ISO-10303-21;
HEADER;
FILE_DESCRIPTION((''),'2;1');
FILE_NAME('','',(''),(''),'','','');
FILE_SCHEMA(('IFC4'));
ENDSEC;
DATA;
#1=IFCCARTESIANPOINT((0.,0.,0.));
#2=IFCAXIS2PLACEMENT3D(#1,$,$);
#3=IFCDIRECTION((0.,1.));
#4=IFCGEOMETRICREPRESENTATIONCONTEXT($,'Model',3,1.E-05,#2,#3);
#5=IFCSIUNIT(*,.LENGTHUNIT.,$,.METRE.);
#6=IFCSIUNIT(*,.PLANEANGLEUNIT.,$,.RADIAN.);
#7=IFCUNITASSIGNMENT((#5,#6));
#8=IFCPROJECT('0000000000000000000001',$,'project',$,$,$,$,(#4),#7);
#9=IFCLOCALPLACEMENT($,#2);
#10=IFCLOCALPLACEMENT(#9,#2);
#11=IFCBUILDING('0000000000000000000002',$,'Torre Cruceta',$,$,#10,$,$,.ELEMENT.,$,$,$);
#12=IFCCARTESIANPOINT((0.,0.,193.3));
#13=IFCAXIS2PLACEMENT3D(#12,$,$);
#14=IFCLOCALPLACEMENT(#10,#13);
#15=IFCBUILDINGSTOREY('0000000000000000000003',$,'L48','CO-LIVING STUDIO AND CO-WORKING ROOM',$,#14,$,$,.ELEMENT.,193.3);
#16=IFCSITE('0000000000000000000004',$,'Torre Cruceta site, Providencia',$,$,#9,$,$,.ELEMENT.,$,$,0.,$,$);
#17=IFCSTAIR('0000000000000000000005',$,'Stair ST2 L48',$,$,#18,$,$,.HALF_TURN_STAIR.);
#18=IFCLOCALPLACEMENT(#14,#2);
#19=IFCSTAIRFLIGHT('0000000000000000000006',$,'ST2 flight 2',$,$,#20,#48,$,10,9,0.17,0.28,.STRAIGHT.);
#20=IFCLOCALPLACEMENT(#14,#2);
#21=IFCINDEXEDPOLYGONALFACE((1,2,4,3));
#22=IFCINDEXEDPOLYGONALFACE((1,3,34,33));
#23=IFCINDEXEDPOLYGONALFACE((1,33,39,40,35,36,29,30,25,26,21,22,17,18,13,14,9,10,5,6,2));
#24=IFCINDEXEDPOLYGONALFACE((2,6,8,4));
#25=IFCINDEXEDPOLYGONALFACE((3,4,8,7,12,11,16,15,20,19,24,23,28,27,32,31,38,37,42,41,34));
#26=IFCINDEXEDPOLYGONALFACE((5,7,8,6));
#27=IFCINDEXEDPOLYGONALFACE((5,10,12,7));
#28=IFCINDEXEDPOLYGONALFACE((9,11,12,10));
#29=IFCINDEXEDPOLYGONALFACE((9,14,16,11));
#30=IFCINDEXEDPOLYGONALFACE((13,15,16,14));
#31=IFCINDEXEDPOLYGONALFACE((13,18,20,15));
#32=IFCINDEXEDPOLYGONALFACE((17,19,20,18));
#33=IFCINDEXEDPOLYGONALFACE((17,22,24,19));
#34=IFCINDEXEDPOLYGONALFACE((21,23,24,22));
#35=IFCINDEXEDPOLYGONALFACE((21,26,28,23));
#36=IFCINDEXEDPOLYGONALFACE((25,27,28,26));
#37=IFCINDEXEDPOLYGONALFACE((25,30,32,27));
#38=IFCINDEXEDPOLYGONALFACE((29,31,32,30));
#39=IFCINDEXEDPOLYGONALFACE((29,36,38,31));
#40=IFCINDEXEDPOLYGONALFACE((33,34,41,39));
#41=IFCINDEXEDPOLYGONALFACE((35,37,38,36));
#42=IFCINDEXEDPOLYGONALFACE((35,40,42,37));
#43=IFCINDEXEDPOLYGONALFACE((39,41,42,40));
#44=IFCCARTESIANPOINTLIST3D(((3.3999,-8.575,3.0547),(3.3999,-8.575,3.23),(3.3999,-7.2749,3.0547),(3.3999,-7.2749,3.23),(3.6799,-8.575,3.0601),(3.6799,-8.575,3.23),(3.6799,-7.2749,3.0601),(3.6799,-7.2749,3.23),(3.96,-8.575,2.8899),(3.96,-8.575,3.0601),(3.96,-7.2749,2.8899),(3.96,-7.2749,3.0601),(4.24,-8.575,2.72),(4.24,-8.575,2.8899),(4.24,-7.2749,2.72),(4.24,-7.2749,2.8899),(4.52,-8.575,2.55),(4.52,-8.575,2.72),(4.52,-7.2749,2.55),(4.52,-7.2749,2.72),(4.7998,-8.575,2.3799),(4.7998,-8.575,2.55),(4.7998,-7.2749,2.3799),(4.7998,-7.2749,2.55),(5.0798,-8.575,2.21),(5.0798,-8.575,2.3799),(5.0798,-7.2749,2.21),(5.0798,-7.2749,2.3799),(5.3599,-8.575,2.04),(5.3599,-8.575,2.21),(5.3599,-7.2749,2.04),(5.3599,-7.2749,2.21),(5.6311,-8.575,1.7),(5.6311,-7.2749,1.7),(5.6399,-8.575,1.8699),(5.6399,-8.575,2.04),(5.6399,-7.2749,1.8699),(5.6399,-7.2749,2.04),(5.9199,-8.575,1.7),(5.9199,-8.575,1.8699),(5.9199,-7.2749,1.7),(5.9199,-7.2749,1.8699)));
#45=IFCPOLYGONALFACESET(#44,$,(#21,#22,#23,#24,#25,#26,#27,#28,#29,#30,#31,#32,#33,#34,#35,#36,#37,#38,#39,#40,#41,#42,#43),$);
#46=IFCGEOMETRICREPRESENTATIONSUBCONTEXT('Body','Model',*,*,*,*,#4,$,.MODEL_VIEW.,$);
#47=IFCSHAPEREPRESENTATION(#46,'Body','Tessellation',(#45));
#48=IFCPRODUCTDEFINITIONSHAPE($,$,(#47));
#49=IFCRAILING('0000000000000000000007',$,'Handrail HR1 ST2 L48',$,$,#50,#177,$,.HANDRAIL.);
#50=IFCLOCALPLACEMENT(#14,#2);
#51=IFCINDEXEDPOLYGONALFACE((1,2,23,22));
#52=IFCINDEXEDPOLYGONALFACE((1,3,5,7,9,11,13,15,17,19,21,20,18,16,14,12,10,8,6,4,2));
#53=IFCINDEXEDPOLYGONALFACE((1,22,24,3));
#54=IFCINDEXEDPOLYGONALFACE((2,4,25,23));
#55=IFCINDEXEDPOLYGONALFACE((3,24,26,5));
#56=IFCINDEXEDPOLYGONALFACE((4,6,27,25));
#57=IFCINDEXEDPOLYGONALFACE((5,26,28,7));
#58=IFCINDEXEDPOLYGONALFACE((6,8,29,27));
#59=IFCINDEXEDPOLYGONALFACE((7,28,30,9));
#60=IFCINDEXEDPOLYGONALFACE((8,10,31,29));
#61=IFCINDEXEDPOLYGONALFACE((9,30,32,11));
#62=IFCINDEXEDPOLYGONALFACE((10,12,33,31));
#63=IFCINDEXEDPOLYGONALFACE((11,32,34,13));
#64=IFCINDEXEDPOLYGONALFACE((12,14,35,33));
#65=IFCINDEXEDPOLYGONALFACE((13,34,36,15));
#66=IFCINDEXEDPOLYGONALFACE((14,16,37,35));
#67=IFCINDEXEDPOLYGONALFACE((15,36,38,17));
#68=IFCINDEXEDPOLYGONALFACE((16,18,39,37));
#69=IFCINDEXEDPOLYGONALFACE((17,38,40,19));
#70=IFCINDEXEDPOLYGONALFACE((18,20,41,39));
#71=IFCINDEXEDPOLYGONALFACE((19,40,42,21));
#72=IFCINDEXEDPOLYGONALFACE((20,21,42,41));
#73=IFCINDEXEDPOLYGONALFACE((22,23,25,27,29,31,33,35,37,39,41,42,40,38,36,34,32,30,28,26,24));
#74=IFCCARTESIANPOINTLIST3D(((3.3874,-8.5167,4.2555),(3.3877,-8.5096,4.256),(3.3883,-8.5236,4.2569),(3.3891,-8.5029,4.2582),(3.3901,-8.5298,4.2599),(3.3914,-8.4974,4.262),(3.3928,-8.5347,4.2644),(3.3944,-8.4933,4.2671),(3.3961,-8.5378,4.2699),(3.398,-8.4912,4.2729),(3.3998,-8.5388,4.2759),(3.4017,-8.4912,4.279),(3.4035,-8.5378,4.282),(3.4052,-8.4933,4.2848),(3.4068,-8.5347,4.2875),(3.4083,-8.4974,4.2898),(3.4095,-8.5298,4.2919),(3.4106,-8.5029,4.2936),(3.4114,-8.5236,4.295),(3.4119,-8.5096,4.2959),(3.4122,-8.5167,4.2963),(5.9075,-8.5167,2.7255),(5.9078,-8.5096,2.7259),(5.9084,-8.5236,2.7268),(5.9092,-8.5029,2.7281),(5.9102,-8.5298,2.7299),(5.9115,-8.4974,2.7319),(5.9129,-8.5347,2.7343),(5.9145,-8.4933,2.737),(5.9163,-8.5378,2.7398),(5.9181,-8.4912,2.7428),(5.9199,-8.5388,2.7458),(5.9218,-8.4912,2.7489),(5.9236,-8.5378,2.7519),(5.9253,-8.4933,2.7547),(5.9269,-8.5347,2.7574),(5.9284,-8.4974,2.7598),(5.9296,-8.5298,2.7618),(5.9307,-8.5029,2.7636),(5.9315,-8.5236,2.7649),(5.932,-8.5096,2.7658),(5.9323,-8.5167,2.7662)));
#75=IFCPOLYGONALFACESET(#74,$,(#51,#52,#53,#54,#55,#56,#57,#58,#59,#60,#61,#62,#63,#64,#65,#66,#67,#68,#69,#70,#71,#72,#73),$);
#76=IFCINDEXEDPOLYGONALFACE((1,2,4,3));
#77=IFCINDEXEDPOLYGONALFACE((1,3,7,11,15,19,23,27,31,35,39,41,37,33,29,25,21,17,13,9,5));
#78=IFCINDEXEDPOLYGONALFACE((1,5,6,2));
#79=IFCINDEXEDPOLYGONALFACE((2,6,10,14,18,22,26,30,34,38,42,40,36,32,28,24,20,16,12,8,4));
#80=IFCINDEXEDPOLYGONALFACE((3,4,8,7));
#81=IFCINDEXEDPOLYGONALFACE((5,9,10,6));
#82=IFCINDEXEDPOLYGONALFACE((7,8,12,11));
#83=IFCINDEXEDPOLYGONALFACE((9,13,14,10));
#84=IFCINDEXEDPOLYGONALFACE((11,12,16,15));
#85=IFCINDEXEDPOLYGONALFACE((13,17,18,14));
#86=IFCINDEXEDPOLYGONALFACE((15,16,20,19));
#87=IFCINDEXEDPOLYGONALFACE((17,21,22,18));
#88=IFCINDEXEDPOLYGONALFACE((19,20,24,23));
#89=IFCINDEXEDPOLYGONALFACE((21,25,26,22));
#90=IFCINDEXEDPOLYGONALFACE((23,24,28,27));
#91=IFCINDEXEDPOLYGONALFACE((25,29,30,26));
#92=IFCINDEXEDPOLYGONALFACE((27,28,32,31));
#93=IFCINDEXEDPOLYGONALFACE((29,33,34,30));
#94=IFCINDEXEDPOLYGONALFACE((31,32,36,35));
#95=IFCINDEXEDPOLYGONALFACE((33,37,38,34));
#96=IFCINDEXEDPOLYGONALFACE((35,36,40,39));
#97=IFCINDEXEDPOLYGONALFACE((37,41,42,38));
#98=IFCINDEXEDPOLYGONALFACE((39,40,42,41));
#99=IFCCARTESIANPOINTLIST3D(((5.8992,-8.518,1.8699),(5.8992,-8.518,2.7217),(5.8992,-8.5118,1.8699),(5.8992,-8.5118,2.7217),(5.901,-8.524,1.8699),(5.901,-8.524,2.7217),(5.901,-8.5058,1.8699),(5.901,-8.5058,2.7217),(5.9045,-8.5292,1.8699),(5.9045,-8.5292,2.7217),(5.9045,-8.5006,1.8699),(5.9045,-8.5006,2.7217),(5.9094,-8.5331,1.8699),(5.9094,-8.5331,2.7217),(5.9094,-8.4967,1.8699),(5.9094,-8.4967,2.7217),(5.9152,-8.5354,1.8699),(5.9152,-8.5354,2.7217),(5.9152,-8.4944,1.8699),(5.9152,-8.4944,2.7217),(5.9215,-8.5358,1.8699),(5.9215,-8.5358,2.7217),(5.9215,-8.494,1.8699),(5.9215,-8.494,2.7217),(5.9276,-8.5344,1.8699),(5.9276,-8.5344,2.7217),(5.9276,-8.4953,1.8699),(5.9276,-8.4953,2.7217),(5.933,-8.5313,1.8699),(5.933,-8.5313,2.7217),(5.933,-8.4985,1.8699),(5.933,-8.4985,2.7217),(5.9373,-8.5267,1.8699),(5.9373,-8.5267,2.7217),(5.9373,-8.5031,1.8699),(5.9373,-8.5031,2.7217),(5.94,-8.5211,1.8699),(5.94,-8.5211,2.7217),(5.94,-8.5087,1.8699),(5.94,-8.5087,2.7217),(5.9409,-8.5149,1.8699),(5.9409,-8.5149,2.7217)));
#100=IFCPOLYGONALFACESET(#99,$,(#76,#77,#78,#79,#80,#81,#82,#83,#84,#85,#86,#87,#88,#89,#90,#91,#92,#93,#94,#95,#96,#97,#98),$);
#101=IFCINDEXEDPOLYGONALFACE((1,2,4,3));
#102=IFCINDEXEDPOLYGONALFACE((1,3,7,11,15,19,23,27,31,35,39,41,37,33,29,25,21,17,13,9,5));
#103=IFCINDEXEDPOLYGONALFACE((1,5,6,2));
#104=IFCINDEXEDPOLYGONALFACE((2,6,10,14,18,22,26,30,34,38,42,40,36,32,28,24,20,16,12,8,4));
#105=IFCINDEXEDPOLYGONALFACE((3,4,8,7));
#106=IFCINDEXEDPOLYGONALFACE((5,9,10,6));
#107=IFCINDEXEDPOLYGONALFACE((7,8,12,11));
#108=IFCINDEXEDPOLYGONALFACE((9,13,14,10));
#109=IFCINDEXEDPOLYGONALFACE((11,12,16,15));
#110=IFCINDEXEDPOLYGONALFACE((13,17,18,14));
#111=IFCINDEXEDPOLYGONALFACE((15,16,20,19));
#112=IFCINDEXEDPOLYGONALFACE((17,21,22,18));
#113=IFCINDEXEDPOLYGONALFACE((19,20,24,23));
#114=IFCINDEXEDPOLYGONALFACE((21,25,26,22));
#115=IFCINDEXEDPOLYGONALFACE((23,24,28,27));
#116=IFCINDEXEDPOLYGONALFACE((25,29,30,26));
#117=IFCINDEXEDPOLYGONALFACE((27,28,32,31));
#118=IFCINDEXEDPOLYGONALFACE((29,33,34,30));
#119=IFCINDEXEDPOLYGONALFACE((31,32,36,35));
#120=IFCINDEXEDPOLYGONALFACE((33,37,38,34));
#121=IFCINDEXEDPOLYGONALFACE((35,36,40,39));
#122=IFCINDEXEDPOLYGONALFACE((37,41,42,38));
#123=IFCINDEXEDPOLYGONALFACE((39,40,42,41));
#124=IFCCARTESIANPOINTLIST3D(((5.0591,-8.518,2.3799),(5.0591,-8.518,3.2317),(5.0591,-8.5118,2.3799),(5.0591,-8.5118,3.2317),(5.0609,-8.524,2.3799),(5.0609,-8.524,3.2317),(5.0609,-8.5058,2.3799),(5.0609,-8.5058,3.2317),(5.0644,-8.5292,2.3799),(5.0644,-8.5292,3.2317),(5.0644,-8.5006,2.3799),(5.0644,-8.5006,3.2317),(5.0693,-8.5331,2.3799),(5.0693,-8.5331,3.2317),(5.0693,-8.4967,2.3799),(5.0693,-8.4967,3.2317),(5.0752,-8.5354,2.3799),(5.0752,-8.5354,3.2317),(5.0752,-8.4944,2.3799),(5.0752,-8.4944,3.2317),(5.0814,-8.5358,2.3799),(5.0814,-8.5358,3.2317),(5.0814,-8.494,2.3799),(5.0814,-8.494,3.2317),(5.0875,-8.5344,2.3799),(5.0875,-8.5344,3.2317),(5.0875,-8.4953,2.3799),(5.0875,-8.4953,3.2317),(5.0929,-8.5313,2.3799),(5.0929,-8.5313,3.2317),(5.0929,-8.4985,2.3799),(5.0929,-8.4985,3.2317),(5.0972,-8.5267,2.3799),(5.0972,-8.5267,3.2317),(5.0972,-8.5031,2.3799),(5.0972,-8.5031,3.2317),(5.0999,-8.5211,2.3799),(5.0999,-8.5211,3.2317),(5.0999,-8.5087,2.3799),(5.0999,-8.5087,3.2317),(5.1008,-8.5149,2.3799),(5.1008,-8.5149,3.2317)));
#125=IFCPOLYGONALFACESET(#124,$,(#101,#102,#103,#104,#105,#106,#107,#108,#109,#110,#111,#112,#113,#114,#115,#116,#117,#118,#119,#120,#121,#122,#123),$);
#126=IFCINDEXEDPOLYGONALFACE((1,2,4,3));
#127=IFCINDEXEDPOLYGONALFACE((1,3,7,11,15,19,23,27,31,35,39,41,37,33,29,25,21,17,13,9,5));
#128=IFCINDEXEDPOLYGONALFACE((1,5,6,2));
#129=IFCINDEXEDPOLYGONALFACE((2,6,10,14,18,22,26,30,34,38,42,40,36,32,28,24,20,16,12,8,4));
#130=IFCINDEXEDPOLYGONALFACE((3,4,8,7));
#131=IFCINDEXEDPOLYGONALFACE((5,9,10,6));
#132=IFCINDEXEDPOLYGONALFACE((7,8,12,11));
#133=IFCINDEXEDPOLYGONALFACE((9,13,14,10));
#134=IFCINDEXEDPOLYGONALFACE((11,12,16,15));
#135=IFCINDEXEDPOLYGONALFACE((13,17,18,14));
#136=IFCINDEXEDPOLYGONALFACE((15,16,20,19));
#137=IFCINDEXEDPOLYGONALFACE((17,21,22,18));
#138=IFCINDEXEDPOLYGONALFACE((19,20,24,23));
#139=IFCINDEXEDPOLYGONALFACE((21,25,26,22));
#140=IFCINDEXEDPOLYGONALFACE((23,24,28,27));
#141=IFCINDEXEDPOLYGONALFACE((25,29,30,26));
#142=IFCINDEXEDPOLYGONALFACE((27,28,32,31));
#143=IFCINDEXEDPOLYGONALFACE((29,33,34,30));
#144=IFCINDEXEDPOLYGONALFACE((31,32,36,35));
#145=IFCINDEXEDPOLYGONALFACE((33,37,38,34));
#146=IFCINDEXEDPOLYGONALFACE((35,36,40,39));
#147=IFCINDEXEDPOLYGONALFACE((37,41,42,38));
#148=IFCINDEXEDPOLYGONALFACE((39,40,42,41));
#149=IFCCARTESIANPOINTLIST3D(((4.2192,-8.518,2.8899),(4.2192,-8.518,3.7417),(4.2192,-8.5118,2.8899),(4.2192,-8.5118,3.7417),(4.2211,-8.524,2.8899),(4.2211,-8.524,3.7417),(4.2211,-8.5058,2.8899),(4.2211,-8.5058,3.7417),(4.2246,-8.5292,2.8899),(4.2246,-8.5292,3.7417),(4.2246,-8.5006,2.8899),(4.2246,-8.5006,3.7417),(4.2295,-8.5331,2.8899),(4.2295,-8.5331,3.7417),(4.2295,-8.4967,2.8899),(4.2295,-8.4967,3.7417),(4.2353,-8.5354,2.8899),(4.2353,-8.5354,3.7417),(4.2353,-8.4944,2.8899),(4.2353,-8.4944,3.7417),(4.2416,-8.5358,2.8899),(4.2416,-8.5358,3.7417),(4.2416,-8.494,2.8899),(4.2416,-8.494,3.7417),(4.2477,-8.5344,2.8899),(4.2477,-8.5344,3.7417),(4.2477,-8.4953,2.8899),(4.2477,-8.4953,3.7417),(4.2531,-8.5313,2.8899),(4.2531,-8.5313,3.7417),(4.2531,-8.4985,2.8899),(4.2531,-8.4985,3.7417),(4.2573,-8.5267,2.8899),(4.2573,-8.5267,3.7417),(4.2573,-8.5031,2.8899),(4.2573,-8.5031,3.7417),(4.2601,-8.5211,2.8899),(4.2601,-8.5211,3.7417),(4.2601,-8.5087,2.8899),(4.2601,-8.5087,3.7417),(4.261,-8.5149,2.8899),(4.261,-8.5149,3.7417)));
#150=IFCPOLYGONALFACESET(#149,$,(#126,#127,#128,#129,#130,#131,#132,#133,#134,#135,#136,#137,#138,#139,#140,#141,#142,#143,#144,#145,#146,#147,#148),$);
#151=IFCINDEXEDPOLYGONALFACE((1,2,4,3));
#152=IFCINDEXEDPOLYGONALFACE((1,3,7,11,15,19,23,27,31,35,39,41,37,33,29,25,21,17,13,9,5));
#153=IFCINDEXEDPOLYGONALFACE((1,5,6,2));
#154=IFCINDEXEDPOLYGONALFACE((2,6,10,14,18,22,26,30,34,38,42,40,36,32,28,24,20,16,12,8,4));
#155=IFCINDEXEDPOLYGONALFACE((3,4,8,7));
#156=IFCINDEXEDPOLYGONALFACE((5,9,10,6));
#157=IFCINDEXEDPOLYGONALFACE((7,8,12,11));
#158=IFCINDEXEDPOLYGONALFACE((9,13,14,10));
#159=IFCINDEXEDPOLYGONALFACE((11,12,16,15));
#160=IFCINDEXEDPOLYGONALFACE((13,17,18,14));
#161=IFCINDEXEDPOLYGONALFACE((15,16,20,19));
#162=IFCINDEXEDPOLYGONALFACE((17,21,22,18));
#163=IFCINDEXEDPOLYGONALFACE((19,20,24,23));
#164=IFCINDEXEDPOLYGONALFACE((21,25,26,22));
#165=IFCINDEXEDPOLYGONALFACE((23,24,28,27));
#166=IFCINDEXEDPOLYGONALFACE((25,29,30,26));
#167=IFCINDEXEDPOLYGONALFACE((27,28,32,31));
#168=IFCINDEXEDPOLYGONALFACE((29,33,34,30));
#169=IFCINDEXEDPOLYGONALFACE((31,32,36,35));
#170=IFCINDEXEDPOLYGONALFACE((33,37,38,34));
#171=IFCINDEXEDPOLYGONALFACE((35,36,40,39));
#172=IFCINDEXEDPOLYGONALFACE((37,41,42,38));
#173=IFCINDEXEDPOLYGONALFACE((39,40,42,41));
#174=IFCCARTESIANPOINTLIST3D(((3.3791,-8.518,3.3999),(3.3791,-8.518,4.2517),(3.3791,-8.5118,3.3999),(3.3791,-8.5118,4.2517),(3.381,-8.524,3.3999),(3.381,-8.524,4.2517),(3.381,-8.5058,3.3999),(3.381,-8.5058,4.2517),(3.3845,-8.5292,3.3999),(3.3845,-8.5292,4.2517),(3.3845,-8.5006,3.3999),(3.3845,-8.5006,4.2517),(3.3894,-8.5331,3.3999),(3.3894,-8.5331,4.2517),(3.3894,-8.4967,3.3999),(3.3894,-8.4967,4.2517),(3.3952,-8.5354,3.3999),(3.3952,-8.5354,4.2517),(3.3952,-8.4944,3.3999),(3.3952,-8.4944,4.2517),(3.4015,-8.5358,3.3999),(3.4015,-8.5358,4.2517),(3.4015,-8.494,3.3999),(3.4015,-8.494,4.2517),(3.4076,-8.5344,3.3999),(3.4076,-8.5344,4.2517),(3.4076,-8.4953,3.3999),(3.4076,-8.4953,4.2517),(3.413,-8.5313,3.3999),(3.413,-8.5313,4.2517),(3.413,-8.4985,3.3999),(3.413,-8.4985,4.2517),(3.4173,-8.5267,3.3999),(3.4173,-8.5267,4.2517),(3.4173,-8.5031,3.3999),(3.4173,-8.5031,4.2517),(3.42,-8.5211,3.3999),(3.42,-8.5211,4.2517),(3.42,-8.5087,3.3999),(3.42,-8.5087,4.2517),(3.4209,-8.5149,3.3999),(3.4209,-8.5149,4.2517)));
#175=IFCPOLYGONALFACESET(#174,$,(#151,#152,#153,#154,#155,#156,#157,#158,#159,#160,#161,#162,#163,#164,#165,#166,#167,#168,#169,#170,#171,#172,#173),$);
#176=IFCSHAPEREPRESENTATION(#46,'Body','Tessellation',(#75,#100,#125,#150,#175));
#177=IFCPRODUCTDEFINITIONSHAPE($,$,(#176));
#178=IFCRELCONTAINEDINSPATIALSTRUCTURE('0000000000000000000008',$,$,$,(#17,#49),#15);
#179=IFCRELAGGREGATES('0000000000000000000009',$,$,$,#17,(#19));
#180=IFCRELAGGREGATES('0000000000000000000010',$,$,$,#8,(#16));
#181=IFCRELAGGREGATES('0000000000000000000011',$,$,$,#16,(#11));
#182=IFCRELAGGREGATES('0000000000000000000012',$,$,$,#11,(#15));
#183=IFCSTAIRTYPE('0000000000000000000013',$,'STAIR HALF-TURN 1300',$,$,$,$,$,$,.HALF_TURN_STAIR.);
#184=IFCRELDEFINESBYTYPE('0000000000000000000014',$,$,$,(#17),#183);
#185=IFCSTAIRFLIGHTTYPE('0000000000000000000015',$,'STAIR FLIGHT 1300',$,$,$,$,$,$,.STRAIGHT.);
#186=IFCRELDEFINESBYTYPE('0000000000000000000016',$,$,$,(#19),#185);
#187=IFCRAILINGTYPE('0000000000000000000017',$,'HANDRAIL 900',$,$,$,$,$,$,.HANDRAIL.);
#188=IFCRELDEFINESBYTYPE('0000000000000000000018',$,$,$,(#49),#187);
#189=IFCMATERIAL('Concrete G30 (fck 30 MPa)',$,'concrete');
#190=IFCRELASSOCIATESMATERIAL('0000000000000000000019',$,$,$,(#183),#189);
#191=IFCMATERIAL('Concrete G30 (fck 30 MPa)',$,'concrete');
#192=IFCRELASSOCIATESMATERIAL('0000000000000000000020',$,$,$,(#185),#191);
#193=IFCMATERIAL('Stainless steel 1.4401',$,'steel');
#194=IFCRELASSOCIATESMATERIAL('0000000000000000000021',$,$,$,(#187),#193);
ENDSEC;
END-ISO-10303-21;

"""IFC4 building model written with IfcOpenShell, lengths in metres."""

from ifc_helpers import new_model, si_unit, direction, frame, origin, origin_2d, place, context, subcontext, project, spatial, polyline, circle, outline, extrude, material, type_object, element, aggregate, save


model = new_model("IFC4")

# Units and contexts
model_context = context("Model", 3, precision=1e-05, world=origin(), true_north=direction((0.0, 1.0)))
body_context = subcontext(model_context, "Body", "Model", "MODEL_VIEW")
ifc_project = project(units=[si_unit("LENGTHUNIT", "METRE"), si_unit("PLANEANGLEUNIT", "RADIAN")], contexts=[model_context])

# Site, building, storey
site_placement = place(None, origin())
site = spatial("IfcSite", under=ifc_project, at=site_placement, Name="Torre Cruceta site, Providencia", CompositionType="ELEMENT", RefElevation=0.0)
building_placement = place(site_placement, origin())
building = spatial("IfcBuilding", under=site, at=building_placement, Name="Torre Cruceta", CompositionType="ELEMENT")
storey_placement = place(building_placement, frame((0.0, 0.0, 193.3)))
storey = spatial("IfcBuildingStorey", under=building, at=storey_placement, Name="L48", Description="CO-LIVING STUDIO AND CO-WORKING ROOM", CompositionType="ELEMENT", Elevation=193.3)

# Stair, stair flight
ifc_material_1 = material(Name="Concrete G30 (fck 30 MPa)", Category="concrete")
stair_type = type_object("IfcStairType", Name="STAIR HALF-TURN 1300", PredefinedType="HALF_TURN_STAIR", material=ifc_material_1)
stair_placement = place(storey_placement, origin())
stair = element("IfcStair", 1, at=stair_placement, inside=storey, type_object=stair_type, Name="Stair ST2 L48", PredefinedType="HALF_TURN_STAIR")
ifc_material_2 = material(Name="Concrete G30 (fck 30 MPa)", Category="concrete")
stair_flight_type = type_object("IfcStairFlightType", Name="STAIR FLIGHT 1300", PredefinedType="STRAIGHT", material=ifc_material_2)
stair_flight_placement = place(storey_placement, frame((5.9199, -7.925, 1.7), z_axis=(0.0, 0.0, 1.0), x_axis=(-1.0, 0.0, 0.0)))
stair_flight = element("IfcStairFlight", 2, at=stair_flight_placement, type_object=stair_flight_type, Name="ST2 flight 2", NumberOfRisers=10, NumberOfTreads=9, PredefinedType="STRAIGHT", RiserHeight=0.17, TreadLength=0.28, context=body_context, shape_type="SweptSolid", body=[
    extrude(outline(polyline([(0.0, 0.0), (0.0, 0.1699), (0.28, 0.1699), (0.28, 0.3401), (0.5601, 0.3401), (0.5601, 0.51), (0.8401, 0.51), (0.8401, 0.6799), (1.1201, 0.6799), (1.1201, 0.8501), (1.3999, 0.8501), (1.3999, 1.02), (1.6799, 1.02), (1.6799, 1.1899), (1.96, 1.1899), (1.96, 1.3601), (2.24, 1.3601), (2.24, 1.53), (2.52, 1.53), (2.52, 1.7), (2.52, 1.3547), (0.2888, 0.0), (0.0, 0.0)])), frame((0.0, 0.6499, 0.0), z_axis=(0.0, -1.0, 0.0), x_axis=(1.0, 0.0, 0.0)), (0.0, 0.0, 1.0), 1.3),
])
aggregate(stair, [stair_flight])

# Railing
ifc_material_3 = material(Name="Stainless steel 1.4401", Category="steel")
railing_type = type_object("IfcRailingType", Name="HANDRAIL 900", PredefinedType="HANDRAIL", material=ifc_material_3)
railing_1_placement = place(storey_placement, frame((5.9199, -8.5149, 1.8699)))
element("IfcRailing", 3, at=railing_1_placement, inside=storey, type_object=railing_type, Name="Handrail HR1 ST2 L48", PredefinedType="HANDRAIL", context=body_context, shape_type="SweptSolid", body=[
    extrude(circle(Radius=0.0239, at=origin_2d()), frame((0.0, 0.0, 0.876), z_axis=(-0.854785, 0.0, 0.518982), x_axis=(0.0, -1.0, 0.0)), (0.0, 0.0, 1.0), 2.9482),
    extrude(circle(Radius=0.021, at=origin_2d()), origin(), (0.0, 0.0, 1.0), 0.8518),
    extrude(circle(Radius=0.021, at=origin_2d()), frame((-0.8401, 0.0, 0.51)), (0.0, 0.0, 1.0), 0.8518),
    extrude(circle(Radius=0.021, at=origin_2d()), frame((-1.6799, 0.0, 1.02)), (0.0, 0.0, 1.0), 0.8518),
    extrude(circle(Radius=0.021, at=origin_2d()), frame((-2.52, 0.0, 1.53)), (0.0, 0.0, 1.0), 0.8518),
])

save(model, "model.ifc")
